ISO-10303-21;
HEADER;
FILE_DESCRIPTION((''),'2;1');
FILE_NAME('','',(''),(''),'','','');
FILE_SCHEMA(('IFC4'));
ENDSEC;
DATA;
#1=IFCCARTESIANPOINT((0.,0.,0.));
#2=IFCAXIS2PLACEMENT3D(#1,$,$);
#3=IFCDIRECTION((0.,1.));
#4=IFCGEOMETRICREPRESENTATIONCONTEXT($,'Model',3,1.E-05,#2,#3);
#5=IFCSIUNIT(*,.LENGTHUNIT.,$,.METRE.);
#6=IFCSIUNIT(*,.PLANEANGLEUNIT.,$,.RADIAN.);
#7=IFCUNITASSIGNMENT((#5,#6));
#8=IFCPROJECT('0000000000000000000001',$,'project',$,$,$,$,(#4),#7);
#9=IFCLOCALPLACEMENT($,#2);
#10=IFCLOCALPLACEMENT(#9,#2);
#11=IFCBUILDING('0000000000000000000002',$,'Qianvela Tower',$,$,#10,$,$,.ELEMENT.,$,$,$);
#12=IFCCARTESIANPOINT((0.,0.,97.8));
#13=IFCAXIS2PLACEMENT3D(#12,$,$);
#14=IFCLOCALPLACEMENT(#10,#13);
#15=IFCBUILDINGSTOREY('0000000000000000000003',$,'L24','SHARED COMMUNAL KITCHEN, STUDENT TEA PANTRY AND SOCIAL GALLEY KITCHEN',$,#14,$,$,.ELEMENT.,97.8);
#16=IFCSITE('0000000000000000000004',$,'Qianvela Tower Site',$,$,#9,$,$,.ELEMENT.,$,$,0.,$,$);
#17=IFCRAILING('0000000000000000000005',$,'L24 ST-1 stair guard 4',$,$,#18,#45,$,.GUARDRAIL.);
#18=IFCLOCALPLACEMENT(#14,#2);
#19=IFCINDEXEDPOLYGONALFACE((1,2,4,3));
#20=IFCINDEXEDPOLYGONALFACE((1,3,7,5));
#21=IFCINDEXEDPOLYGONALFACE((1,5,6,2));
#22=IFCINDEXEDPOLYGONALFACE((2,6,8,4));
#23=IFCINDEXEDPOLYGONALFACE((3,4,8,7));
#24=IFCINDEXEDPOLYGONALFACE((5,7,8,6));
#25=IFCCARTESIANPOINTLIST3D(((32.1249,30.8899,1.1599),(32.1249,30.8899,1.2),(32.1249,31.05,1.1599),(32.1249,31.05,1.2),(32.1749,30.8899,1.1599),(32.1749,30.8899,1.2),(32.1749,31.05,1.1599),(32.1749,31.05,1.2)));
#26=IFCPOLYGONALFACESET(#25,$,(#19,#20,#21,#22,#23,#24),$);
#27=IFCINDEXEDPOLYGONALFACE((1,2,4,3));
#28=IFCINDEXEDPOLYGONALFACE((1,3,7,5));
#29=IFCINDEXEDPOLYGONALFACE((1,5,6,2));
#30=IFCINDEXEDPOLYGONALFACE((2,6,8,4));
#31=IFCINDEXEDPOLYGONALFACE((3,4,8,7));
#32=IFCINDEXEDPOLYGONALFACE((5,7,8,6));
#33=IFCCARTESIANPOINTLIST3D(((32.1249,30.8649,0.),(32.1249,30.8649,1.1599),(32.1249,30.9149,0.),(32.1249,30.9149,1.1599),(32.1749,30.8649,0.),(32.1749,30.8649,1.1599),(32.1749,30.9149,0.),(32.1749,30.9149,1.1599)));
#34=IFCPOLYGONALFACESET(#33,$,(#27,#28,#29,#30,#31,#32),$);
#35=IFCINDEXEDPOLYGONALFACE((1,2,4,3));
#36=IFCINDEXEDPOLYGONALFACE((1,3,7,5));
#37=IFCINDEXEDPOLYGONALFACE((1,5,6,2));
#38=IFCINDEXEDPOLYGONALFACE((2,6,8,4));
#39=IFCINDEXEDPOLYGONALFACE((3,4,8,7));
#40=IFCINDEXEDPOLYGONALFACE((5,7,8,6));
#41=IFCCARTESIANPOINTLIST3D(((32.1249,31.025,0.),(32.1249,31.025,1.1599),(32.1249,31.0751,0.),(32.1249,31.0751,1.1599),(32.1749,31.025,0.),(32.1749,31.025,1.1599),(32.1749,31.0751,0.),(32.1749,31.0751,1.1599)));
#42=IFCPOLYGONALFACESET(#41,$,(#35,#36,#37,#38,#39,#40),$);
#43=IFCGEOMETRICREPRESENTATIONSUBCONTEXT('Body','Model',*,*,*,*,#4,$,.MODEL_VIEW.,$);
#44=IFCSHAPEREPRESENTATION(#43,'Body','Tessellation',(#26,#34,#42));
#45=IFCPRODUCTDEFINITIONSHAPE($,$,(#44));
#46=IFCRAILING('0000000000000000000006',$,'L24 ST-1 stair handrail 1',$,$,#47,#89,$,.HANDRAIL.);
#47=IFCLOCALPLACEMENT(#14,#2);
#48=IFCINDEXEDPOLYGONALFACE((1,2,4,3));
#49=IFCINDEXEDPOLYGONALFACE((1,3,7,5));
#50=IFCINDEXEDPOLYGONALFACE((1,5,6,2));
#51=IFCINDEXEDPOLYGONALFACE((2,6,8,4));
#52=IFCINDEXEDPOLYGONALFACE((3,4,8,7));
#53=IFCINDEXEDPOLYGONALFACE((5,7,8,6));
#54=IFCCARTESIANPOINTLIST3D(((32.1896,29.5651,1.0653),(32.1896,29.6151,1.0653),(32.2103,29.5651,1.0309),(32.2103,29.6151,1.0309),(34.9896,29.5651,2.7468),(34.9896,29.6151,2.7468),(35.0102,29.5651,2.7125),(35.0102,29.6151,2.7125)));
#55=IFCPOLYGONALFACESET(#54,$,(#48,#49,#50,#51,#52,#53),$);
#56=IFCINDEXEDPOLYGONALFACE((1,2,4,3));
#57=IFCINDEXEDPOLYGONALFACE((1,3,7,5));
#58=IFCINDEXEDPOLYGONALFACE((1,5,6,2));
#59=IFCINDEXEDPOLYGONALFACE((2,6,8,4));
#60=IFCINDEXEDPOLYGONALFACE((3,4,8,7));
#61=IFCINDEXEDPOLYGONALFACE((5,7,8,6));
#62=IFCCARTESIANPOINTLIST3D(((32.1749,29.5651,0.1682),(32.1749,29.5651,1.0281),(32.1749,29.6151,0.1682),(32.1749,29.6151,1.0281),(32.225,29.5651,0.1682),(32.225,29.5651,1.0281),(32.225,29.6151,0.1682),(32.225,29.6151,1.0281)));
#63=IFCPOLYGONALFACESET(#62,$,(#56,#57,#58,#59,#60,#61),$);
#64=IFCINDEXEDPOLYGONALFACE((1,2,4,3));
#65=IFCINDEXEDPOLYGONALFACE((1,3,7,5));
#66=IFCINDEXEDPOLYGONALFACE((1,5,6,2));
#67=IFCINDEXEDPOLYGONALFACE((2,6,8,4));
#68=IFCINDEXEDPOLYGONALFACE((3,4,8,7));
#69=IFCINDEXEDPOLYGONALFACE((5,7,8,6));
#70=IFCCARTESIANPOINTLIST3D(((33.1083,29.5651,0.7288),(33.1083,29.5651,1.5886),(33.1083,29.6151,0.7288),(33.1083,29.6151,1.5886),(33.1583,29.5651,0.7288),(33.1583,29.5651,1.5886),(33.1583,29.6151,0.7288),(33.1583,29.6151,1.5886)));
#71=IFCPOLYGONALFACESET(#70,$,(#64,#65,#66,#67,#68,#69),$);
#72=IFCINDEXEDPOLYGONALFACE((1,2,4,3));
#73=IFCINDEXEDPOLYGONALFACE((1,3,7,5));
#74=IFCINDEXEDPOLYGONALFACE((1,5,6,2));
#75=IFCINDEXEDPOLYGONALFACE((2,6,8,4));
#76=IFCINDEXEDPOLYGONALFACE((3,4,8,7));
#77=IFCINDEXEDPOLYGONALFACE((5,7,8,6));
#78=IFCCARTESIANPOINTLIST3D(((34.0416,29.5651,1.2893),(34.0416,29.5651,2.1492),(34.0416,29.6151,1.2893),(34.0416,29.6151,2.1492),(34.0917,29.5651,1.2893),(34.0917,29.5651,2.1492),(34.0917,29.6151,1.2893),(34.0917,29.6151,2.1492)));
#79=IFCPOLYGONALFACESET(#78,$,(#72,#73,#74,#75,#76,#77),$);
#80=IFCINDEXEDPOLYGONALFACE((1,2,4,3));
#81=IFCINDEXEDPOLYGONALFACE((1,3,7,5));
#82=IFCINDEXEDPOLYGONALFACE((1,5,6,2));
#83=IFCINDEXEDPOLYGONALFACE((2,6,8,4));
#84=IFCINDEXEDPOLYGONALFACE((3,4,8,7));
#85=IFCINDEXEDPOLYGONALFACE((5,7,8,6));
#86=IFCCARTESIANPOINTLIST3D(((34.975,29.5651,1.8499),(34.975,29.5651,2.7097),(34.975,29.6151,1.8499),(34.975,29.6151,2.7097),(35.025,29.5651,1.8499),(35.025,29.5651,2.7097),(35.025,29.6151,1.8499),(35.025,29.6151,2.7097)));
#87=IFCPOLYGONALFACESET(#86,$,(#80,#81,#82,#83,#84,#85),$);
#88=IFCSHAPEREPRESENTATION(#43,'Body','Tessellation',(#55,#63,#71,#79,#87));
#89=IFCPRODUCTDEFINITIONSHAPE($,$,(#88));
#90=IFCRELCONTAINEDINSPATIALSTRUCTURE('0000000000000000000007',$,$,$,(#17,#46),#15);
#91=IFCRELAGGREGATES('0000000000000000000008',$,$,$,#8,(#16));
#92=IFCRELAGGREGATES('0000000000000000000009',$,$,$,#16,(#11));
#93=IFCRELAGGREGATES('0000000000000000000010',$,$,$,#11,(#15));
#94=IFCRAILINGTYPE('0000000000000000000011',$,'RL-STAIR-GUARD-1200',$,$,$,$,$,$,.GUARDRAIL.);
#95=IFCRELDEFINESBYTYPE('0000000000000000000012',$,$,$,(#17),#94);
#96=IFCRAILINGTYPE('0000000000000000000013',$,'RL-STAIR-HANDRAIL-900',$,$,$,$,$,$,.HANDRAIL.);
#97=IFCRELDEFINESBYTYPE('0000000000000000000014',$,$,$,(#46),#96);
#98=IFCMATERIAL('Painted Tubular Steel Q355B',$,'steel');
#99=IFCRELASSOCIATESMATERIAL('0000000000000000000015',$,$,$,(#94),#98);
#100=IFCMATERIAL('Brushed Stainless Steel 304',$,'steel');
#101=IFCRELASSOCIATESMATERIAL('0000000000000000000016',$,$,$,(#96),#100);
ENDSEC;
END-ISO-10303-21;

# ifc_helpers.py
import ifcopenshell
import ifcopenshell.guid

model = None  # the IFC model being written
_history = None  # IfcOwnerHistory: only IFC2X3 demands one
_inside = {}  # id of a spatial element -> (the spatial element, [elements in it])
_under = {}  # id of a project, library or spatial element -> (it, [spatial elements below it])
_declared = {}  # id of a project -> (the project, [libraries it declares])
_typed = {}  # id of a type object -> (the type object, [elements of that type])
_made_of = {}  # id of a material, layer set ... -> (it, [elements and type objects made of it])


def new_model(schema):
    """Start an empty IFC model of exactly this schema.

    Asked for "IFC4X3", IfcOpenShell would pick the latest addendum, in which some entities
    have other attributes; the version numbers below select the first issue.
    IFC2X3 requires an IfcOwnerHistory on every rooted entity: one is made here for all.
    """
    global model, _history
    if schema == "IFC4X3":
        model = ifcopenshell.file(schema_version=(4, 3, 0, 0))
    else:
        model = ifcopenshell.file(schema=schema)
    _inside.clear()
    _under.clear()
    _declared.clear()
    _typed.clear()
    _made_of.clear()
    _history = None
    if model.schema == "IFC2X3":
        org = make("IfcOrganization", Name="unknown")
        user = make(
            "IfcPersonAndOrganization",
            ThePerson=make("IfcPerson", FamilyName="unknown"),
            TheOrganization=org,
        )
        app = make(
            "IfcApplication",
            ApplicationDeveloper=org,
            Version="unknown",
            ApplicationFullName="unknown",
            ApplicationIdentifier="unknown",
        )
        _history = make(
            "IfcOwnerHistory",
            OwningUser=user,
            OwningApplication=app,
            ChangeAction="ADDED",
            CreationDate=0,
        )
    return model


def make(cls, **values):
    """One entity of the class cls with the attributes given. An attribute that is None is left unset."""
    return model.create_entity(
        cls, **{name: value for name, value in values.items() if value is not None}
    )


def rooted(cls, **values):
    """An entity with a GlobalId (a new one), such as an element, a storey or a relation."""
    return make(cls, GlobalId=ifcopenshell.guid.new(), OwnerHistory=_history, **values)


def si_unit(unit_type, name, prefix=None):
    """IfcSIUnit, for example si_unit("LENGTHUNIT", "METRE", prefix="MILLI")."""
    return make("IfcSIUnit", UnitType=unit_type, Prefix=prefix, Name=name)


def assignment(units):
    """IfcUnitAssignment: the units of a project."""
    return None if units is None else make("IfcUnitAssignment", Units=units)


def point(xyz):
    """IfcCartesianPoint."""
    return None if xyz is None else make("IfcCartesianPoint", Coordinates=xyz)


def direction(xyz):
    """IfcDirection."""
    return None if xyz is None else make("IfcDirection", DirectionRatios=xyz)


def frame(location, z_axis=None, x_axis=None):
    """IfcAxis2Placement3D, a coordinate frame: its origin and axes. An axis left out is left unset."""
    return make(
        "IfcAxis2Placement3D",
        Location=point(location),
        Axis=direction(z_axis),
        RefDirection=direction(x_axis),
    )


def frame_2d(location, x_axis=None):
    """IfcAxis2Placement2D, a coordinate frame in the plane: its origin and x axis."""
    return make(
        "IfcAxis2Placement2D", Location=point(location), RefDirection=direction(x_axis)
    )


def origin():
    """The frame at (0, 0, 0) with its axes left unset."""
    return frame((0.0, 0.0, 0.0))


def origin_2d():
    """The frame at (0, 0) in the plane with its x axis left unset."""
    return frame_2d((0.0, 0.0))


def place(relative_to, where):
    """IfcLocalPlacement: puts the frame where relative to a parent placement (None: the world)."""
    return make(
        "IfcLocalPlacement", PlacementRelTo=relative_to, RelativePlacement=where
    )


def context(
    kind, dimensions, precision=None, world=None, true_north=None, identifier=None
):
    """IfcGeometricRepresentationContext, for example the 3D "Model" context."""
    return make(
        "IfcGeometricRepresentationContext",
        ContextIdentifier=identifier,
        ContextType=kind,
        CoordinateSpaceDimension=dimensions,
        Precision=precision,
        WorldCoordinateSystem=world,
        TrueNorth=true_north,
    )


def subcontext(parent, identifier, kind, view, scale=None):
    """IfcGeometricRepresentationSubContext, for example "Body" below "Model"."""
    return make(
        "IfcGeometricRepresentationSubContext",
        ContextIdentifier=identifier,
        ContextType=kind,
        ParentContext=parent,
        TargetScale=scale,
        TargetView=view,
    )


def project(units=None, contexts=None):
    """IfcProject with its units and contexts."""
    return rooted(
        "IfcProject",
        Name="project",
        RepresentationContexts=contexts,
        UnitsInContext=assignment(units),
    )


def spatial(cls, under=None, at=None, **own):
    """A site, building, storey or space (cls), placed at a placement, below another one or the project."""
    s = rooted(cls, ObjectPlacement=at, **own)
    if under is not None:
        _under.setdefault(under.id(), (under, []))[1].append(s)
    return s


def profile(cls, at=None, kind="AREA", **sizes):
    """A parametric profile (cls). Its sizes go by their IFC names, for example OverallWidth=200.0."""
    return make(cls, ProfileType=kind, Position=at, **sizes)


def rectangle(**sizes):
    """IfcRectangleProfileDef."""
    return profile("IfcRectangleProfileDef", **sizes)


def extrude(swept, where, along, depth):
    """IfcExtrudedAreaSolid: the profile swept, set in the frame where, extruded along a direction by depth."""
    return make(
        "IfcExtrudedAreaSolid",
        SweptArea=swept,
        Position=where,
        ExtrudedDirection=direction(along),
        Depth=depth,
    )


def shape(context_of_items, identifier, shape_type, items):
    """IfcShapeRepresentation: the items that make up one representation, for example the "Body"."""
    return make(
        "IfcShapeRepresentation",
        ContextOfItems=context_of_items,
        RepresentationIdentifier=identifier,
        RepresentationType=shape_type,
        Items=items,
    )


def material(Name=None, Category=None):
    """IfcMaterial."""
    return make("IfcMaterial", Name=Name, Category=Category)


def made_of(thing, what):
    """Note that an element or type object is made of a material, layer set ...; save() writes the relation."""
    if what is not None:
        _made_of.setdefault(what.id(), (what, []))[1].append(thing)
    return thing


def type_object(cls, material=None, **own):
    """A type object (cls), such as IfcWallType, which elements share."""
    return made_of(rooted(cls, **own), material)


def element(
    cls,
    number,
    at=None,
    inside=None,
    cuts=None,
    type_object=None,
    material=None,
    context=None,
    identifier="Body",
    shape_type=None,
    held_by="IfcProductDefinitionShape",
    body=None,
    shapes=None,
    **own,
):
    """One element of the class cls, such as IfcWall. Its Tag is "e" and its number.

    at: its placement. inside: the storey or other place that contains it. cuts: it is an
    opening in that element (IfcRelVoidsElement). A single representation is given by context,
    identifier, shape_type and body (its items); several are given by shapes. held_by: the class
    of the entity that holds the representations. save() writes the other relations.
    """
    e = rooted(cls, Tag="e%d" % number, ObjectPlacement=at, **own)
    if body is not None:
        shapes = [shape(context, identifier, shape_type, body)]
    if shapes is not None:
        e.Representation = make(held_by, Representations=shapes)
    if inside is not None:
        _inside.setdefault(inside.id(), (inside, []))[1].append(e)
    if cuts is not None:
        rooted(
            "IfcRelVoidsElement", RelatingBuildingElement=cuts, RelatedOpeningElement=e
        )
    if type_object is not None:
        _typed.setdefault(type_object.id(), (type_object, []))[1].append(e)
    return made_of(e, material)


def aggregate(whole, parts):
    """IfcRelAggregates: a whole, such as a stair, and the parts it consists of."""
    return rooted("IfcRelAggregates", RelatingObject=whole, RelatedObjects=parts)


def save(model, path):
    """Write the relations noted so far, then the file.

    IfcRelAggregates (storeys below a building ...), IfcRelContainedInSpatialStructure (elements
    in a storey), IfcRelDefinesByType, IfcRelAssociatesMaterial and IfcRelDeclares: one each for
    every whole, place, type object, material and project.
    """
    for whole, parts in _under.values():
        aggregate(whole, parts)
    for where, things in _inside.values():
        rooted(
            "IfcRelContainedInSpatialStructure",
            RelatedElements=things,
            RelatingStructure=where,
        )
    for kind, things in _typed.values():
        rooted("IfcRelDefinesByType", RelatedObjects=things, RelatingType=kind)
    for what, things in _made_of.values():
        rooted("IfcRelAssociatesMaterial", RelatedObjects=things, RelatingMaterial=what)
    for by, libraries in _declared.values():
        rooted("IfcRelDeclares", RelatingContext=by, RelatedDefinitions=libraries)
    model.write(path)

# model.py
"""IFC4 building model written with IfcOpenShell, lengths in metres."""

from ifc_helpers import new_model, si_unit, direction, frame, origin, origin_2d, place, context, subcontext, project, spatial, rectangle, extrude, material, type_object, element, save


model = new_model("IFC4")

# Units and contexts
model_context = context("Model", 3, precision=1e-05, world=origin(), true_north=direction((0.0, 1.0)))
body_context = subcontext(model_context, "Body", "Model", "MODEL_VIEW")
ifc_project = project(units=[si_unit("LENGTHUNIT", "METRE"), si_unit("PLANEANGLEUNIT", "RADIAN")], contexts=[model_context])

# Site, building, storey
site_placement = place(None, origin())
site = spatial("IfcSite", under=ifc_project, at=site_placement, Name="Qianvela Tower Site", CompositionType="ELEMENT", RefElevation=0.0)
building_placement = place(site_placement, origin())
building = spatial("IfcBuilding", under=site, at=building_placement, Name="Qianvela Tower", CompositionType="ELEMENT")
storey_placement = place(building_placement, frame((0.0, 0.0, 97.8)))
storey = spatial("IfcBuildingStorey", under=building, at=storey_placement, Name="L24", Description="SHARED COMMUNAL KITCHEN, STUDENT TEA PANTRY AND SOCIAL GALLEY KITCHEN", CompositionType="ELEMENT", Elevation=97.8)

# Railings
ifc_material_1 = material(Name="Painted Tubular Steel Q355B", Category="steel")
railing_type_1 = type_object("IfcRailingType", Name="RL-STAIR-GUARD-1200", PredefinedType="GUARDRAIL", material=ifc_material_1)
railing_1_placement = place(storey_placement, frame((32.1499, 30.8899, 0.0)))
element("IfcRailing", 1, at=railing_1_placement, inside=storey, type_object=railing_type_1, Name="L24 ST-1 stair guard 4", PredefinedType="GUARDRAIL", context=body_context, shape_type="SweptSolid", body=[
    extrude(rectangle(XDim=0.05, YDim=0.04, at=origin_2d()), frame((0.0, 0.0, 1.1799), z_axis=(0.0, 1.0, 0.0), x_axis=(-1.0, 0.0, 0.0)), (0.0, 0.0, 1.0), 0.1602),
    extrude(rectangle(XDim=0.05, YDim=0.05, at=origin_2d()), origin(), (0.0, 0.0, 1.0), 1.1599),
    extrude(rectangle(XDim=0.05, YDim=0.05, at=origin_2d()), frame((0.0, 0.1602, 0.0)), (0.0, 0.0, 1.0), 1.1599),
])
ifc_material_2 = material(Name="Brushed Stainless Steel 304", Category="steel")
railing_type_2 = type_object("IfcRailingType", Name="RL-STAIR-HANDRAIL-900", PredefinedType="HANDRAIL", material=ifc_material_2)
railing_2_placement = place(storey_placement, frame((32.2, 29.5901, 0.1682)))
element("IfcRailing", 2, at=railing_2_placement, inside=storey, type_object=railing_type_2, Name="L24 ST-1 stair handrail 1", PredefinedType="HANDRAIL", context=body_context, shape_type="SweptSolid", body=[
    extrude(rectangle(XDim=0.05, YDim=0.04, at=origin_2d()), frame((0.0, 0.0, 0.8799), z_axis=(0.857275, 0.0, 0.514858), x_axis=(0.0, 1.0, 0.0)), (0.0, 0.0, 1.0), 3.2661),
    extrude(rectangle(XDim=0.05, YDim=0.05, at=origin_2d()), origin(), (0.0, 0.0, 1.0), 0.8599),
    extrude(rectangle(XDim=0.05, YDim=0.05, at=origin_2d()), frame((0.9333, 0.0, 0.5605)), (0.0, 0.0, 1.0), 0.8599),
    extrude(rectangle(XDim=0.05, YDim=0.05, at=origin_2d()), frame((1.8667, 0.0, 1.1211)), (0.0, 0.0, 1.0), 0.8599),
    extrude(rectangle(XDim=0.05, YDim=0.05, at=origin_2d()), frame((2.8, 0.0, 1.6816)), (0.0, 0.0, 1.0), 0.8599),
])

save(model, "model.ifc")
